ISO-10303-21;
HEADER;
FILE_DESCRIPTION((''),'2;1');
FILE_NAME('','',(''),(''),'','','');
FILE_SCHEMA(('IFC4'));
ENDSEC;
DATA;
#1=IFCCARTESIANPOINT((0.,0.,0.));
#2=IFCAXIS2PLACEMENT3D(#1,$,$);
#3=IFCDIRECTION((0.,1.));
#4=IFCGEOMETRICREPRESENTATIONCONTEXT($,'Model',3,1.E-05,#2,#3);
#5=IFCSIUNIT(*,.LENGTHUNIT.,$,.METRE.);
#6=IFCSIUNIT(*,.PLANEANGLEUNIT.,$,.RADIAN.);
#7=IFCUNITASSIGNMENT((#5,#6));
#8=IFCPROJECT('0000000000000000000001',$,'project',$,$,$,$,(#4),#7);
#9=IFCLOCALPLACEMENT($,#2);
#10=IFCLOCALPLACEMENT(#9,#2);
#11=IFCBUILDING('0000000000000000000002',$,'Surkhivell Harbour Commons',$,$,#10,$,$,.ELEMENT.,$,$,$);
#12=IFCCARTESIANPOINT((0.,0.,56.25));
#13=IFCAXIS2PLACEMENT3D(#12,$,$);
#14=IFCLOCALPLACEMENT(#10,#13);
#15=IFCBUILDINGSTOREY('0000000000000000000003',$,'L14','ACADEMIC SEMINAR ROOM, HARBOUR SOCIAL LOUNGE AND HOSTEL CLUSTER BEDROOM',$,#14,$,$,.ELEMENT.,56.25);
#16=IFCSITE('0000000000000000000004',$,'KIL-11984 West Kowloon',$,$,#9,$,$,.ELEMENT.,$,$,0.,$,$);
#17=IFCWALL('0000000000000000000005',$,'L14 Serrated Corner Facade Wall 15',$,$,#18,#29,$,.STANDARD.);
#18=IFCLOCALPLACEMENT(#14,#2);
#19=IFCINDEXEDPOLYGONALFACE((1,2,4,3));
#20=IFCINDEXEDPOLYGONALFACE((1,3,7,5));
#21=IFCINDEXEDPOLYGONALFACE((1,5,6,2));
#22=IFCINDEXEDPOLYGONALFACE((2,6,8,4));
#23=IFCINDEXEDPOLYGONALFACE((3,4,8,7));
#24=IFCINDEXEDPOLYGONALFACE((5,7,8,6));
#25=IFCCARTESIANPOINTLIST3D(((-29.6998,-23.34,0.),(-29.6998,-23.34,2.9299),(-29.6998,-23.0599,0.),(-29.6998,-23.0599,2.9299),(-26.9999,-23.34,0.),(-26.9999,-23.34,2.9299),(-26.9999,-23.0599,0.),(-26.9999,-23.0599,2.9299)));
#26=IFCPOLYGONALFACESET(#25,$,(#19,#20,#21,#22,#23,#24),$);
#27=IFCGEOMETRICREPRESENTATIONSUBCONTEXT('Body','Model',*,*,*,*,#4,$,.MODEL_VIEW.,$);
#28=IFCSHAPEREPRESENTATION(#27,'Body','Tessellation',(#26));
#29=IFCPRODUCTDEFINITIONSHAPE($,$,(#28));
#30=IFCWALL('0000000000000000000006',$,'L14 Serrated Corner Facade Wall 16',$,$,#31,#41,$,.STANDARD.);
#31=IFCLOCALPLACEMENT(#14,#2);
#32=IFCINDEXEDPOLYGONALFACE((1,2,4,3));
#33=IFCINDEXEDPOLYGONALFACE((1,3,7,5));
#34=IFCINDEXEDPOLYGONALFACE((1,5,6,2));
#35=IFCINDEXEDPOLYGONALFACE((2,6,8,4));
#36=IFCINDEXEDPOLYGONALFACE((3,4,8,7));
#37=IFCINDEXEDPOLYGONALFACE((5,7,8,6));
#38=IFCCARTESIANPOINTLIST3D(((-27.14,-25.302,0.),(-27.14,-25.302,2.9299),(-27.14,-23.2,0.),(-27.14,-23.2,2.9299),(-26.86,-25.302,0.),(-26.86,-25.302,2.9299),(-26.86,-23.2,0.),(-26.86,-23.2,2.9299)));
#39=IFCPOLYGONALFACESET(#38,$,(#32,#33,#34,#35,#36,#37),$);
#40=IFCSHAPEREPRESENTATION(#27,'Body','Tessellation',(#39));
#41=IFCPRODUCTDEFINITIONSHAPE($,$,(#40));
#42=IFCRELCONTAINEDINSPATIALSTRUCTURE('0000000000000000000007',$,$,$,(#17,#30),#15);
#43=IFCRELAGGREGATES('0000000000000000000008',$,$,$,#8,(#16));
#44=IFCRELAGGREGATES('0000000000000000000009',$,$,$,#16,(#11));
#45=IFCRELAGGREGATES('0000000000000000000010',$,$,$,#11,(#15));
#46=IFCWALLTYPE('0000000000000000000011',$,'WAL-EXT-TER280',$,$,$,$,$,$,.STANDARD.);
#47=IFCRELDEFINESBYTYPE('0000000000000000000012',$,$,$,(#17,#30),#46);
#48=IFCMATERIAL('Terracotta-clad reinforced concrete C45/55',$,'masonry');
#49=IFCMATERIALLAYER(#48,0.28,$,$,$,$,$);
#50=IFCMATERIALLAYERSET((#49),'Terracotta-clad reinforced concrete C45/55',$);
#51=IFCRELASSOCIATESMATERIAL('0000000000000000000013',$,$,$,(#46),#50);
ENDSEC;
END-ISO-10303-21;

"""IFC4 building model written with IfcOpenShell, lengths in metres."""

from ifc_helpers import new_model, si_unit, direction, frame, frame_2d, origin, place, context, subcontext, project, spatial, rectangle, extrude, material, layer, layer_set, type_object, element, save


model = new_model("IFC4")

# Units and contexts
model_context = context("Model", 3, precision=1e-05, world=origin(), true_north=direction((0.0, 1.0)))
body_context = subcontext(model_context, "Body", "Model", "MODEL_VIEW")
ifc_project = project(units=[si_unit("LENGTHUNIT", "METRE"), si_unit("PLANEANGLEUNIT", "RADIAN")], contexts=[model_context])

# Site, building, storey
site_placement = place(None, origin())
site = spatial("IfcSite", under=ifc_project, at=site_placement, Name="KIL-11984 West Kowloon", CompositionType="ELEMENT", RefElevation=0.0)
building_placement = place(site_placement, origin())
building = spatial("IfcBuilding", under=site, at=building_placement, Name="Surkhivell Harbour Commons", CompositionType="ELEMENT")
storey_placement = place(building_placement, frame((0.0, 0.0, 56.25)))
storey = spatial("IfcBuildingStorey", under=building, at=storey_placement, Name="L14", Description="ACADEMIC SEMINAR ROOM, HARBOUR SOCIAL LOUNGE AND HOSTEL CLUSTER BEDROOM", CompositionType="ELEMENT", Elevation=56.25)

# Walls
ifc_material_1 = material(Name="Terracotta-clad reinforced concrete C45/55", Category="masonry")
ifc_layer_1 = layer(ifc_material_1, 0.28)
ifc_layer_set_1 = layer_set([ifc_layer_1], Name="Terracotta-clad reinforced concrete C45/55")
wall_type = type_object("IfcWallType", Name="WAL-EXT-TER280", PredefinedType="STANDARD", material=ifc_layer_set_1)
for number, where, z_axis, x_axis, name in (
    (1, (-29.7, -23.2, 0.0), (0.0, 0.0, 1.0), (1.0, 0.0, 0.0), "L14 Serrated Corner Facade Wall 15"),
):
    element("IfcWall", number, at=place(storey_placement, frame(where, z_axis=z_axis, x_axis=x_axis)), inside=storey, type_object=wall_type, Name=name, PredefinedType="STANDARD", context=body_context, shape_type="SweptSolid", body=[
        extrude(rectangle(XDim=2.7, YDim=0.28, at=frame_2d((1.3501, 0.0))), origin(), (0.0, 0.0, 1.0), 2.9299),
    ])
wall_1_placement = place(storey_placement, frame((-27.0, -23.2, 0.0), z_axis=(0.0, 0.0, 1.0), x_axis=(0.0, -1.0, 0.0)))
element("IfcWall", 2, at=wall_1_placement, inside=storey, type_object=wall_type, Name="L14 Serrated Corner Facade Wall 16", PredefinedType="STANDARD", context=body_context, shape_type="SweptSolid", body=[
    extrude(rectangle(XDim=2.1021, YDim=0.28, at=frame_2d((1.051, 0.0))), origin(), (0.0, 0.0, 1.0), 2.9299),
])

save(model, "model.ifc")
